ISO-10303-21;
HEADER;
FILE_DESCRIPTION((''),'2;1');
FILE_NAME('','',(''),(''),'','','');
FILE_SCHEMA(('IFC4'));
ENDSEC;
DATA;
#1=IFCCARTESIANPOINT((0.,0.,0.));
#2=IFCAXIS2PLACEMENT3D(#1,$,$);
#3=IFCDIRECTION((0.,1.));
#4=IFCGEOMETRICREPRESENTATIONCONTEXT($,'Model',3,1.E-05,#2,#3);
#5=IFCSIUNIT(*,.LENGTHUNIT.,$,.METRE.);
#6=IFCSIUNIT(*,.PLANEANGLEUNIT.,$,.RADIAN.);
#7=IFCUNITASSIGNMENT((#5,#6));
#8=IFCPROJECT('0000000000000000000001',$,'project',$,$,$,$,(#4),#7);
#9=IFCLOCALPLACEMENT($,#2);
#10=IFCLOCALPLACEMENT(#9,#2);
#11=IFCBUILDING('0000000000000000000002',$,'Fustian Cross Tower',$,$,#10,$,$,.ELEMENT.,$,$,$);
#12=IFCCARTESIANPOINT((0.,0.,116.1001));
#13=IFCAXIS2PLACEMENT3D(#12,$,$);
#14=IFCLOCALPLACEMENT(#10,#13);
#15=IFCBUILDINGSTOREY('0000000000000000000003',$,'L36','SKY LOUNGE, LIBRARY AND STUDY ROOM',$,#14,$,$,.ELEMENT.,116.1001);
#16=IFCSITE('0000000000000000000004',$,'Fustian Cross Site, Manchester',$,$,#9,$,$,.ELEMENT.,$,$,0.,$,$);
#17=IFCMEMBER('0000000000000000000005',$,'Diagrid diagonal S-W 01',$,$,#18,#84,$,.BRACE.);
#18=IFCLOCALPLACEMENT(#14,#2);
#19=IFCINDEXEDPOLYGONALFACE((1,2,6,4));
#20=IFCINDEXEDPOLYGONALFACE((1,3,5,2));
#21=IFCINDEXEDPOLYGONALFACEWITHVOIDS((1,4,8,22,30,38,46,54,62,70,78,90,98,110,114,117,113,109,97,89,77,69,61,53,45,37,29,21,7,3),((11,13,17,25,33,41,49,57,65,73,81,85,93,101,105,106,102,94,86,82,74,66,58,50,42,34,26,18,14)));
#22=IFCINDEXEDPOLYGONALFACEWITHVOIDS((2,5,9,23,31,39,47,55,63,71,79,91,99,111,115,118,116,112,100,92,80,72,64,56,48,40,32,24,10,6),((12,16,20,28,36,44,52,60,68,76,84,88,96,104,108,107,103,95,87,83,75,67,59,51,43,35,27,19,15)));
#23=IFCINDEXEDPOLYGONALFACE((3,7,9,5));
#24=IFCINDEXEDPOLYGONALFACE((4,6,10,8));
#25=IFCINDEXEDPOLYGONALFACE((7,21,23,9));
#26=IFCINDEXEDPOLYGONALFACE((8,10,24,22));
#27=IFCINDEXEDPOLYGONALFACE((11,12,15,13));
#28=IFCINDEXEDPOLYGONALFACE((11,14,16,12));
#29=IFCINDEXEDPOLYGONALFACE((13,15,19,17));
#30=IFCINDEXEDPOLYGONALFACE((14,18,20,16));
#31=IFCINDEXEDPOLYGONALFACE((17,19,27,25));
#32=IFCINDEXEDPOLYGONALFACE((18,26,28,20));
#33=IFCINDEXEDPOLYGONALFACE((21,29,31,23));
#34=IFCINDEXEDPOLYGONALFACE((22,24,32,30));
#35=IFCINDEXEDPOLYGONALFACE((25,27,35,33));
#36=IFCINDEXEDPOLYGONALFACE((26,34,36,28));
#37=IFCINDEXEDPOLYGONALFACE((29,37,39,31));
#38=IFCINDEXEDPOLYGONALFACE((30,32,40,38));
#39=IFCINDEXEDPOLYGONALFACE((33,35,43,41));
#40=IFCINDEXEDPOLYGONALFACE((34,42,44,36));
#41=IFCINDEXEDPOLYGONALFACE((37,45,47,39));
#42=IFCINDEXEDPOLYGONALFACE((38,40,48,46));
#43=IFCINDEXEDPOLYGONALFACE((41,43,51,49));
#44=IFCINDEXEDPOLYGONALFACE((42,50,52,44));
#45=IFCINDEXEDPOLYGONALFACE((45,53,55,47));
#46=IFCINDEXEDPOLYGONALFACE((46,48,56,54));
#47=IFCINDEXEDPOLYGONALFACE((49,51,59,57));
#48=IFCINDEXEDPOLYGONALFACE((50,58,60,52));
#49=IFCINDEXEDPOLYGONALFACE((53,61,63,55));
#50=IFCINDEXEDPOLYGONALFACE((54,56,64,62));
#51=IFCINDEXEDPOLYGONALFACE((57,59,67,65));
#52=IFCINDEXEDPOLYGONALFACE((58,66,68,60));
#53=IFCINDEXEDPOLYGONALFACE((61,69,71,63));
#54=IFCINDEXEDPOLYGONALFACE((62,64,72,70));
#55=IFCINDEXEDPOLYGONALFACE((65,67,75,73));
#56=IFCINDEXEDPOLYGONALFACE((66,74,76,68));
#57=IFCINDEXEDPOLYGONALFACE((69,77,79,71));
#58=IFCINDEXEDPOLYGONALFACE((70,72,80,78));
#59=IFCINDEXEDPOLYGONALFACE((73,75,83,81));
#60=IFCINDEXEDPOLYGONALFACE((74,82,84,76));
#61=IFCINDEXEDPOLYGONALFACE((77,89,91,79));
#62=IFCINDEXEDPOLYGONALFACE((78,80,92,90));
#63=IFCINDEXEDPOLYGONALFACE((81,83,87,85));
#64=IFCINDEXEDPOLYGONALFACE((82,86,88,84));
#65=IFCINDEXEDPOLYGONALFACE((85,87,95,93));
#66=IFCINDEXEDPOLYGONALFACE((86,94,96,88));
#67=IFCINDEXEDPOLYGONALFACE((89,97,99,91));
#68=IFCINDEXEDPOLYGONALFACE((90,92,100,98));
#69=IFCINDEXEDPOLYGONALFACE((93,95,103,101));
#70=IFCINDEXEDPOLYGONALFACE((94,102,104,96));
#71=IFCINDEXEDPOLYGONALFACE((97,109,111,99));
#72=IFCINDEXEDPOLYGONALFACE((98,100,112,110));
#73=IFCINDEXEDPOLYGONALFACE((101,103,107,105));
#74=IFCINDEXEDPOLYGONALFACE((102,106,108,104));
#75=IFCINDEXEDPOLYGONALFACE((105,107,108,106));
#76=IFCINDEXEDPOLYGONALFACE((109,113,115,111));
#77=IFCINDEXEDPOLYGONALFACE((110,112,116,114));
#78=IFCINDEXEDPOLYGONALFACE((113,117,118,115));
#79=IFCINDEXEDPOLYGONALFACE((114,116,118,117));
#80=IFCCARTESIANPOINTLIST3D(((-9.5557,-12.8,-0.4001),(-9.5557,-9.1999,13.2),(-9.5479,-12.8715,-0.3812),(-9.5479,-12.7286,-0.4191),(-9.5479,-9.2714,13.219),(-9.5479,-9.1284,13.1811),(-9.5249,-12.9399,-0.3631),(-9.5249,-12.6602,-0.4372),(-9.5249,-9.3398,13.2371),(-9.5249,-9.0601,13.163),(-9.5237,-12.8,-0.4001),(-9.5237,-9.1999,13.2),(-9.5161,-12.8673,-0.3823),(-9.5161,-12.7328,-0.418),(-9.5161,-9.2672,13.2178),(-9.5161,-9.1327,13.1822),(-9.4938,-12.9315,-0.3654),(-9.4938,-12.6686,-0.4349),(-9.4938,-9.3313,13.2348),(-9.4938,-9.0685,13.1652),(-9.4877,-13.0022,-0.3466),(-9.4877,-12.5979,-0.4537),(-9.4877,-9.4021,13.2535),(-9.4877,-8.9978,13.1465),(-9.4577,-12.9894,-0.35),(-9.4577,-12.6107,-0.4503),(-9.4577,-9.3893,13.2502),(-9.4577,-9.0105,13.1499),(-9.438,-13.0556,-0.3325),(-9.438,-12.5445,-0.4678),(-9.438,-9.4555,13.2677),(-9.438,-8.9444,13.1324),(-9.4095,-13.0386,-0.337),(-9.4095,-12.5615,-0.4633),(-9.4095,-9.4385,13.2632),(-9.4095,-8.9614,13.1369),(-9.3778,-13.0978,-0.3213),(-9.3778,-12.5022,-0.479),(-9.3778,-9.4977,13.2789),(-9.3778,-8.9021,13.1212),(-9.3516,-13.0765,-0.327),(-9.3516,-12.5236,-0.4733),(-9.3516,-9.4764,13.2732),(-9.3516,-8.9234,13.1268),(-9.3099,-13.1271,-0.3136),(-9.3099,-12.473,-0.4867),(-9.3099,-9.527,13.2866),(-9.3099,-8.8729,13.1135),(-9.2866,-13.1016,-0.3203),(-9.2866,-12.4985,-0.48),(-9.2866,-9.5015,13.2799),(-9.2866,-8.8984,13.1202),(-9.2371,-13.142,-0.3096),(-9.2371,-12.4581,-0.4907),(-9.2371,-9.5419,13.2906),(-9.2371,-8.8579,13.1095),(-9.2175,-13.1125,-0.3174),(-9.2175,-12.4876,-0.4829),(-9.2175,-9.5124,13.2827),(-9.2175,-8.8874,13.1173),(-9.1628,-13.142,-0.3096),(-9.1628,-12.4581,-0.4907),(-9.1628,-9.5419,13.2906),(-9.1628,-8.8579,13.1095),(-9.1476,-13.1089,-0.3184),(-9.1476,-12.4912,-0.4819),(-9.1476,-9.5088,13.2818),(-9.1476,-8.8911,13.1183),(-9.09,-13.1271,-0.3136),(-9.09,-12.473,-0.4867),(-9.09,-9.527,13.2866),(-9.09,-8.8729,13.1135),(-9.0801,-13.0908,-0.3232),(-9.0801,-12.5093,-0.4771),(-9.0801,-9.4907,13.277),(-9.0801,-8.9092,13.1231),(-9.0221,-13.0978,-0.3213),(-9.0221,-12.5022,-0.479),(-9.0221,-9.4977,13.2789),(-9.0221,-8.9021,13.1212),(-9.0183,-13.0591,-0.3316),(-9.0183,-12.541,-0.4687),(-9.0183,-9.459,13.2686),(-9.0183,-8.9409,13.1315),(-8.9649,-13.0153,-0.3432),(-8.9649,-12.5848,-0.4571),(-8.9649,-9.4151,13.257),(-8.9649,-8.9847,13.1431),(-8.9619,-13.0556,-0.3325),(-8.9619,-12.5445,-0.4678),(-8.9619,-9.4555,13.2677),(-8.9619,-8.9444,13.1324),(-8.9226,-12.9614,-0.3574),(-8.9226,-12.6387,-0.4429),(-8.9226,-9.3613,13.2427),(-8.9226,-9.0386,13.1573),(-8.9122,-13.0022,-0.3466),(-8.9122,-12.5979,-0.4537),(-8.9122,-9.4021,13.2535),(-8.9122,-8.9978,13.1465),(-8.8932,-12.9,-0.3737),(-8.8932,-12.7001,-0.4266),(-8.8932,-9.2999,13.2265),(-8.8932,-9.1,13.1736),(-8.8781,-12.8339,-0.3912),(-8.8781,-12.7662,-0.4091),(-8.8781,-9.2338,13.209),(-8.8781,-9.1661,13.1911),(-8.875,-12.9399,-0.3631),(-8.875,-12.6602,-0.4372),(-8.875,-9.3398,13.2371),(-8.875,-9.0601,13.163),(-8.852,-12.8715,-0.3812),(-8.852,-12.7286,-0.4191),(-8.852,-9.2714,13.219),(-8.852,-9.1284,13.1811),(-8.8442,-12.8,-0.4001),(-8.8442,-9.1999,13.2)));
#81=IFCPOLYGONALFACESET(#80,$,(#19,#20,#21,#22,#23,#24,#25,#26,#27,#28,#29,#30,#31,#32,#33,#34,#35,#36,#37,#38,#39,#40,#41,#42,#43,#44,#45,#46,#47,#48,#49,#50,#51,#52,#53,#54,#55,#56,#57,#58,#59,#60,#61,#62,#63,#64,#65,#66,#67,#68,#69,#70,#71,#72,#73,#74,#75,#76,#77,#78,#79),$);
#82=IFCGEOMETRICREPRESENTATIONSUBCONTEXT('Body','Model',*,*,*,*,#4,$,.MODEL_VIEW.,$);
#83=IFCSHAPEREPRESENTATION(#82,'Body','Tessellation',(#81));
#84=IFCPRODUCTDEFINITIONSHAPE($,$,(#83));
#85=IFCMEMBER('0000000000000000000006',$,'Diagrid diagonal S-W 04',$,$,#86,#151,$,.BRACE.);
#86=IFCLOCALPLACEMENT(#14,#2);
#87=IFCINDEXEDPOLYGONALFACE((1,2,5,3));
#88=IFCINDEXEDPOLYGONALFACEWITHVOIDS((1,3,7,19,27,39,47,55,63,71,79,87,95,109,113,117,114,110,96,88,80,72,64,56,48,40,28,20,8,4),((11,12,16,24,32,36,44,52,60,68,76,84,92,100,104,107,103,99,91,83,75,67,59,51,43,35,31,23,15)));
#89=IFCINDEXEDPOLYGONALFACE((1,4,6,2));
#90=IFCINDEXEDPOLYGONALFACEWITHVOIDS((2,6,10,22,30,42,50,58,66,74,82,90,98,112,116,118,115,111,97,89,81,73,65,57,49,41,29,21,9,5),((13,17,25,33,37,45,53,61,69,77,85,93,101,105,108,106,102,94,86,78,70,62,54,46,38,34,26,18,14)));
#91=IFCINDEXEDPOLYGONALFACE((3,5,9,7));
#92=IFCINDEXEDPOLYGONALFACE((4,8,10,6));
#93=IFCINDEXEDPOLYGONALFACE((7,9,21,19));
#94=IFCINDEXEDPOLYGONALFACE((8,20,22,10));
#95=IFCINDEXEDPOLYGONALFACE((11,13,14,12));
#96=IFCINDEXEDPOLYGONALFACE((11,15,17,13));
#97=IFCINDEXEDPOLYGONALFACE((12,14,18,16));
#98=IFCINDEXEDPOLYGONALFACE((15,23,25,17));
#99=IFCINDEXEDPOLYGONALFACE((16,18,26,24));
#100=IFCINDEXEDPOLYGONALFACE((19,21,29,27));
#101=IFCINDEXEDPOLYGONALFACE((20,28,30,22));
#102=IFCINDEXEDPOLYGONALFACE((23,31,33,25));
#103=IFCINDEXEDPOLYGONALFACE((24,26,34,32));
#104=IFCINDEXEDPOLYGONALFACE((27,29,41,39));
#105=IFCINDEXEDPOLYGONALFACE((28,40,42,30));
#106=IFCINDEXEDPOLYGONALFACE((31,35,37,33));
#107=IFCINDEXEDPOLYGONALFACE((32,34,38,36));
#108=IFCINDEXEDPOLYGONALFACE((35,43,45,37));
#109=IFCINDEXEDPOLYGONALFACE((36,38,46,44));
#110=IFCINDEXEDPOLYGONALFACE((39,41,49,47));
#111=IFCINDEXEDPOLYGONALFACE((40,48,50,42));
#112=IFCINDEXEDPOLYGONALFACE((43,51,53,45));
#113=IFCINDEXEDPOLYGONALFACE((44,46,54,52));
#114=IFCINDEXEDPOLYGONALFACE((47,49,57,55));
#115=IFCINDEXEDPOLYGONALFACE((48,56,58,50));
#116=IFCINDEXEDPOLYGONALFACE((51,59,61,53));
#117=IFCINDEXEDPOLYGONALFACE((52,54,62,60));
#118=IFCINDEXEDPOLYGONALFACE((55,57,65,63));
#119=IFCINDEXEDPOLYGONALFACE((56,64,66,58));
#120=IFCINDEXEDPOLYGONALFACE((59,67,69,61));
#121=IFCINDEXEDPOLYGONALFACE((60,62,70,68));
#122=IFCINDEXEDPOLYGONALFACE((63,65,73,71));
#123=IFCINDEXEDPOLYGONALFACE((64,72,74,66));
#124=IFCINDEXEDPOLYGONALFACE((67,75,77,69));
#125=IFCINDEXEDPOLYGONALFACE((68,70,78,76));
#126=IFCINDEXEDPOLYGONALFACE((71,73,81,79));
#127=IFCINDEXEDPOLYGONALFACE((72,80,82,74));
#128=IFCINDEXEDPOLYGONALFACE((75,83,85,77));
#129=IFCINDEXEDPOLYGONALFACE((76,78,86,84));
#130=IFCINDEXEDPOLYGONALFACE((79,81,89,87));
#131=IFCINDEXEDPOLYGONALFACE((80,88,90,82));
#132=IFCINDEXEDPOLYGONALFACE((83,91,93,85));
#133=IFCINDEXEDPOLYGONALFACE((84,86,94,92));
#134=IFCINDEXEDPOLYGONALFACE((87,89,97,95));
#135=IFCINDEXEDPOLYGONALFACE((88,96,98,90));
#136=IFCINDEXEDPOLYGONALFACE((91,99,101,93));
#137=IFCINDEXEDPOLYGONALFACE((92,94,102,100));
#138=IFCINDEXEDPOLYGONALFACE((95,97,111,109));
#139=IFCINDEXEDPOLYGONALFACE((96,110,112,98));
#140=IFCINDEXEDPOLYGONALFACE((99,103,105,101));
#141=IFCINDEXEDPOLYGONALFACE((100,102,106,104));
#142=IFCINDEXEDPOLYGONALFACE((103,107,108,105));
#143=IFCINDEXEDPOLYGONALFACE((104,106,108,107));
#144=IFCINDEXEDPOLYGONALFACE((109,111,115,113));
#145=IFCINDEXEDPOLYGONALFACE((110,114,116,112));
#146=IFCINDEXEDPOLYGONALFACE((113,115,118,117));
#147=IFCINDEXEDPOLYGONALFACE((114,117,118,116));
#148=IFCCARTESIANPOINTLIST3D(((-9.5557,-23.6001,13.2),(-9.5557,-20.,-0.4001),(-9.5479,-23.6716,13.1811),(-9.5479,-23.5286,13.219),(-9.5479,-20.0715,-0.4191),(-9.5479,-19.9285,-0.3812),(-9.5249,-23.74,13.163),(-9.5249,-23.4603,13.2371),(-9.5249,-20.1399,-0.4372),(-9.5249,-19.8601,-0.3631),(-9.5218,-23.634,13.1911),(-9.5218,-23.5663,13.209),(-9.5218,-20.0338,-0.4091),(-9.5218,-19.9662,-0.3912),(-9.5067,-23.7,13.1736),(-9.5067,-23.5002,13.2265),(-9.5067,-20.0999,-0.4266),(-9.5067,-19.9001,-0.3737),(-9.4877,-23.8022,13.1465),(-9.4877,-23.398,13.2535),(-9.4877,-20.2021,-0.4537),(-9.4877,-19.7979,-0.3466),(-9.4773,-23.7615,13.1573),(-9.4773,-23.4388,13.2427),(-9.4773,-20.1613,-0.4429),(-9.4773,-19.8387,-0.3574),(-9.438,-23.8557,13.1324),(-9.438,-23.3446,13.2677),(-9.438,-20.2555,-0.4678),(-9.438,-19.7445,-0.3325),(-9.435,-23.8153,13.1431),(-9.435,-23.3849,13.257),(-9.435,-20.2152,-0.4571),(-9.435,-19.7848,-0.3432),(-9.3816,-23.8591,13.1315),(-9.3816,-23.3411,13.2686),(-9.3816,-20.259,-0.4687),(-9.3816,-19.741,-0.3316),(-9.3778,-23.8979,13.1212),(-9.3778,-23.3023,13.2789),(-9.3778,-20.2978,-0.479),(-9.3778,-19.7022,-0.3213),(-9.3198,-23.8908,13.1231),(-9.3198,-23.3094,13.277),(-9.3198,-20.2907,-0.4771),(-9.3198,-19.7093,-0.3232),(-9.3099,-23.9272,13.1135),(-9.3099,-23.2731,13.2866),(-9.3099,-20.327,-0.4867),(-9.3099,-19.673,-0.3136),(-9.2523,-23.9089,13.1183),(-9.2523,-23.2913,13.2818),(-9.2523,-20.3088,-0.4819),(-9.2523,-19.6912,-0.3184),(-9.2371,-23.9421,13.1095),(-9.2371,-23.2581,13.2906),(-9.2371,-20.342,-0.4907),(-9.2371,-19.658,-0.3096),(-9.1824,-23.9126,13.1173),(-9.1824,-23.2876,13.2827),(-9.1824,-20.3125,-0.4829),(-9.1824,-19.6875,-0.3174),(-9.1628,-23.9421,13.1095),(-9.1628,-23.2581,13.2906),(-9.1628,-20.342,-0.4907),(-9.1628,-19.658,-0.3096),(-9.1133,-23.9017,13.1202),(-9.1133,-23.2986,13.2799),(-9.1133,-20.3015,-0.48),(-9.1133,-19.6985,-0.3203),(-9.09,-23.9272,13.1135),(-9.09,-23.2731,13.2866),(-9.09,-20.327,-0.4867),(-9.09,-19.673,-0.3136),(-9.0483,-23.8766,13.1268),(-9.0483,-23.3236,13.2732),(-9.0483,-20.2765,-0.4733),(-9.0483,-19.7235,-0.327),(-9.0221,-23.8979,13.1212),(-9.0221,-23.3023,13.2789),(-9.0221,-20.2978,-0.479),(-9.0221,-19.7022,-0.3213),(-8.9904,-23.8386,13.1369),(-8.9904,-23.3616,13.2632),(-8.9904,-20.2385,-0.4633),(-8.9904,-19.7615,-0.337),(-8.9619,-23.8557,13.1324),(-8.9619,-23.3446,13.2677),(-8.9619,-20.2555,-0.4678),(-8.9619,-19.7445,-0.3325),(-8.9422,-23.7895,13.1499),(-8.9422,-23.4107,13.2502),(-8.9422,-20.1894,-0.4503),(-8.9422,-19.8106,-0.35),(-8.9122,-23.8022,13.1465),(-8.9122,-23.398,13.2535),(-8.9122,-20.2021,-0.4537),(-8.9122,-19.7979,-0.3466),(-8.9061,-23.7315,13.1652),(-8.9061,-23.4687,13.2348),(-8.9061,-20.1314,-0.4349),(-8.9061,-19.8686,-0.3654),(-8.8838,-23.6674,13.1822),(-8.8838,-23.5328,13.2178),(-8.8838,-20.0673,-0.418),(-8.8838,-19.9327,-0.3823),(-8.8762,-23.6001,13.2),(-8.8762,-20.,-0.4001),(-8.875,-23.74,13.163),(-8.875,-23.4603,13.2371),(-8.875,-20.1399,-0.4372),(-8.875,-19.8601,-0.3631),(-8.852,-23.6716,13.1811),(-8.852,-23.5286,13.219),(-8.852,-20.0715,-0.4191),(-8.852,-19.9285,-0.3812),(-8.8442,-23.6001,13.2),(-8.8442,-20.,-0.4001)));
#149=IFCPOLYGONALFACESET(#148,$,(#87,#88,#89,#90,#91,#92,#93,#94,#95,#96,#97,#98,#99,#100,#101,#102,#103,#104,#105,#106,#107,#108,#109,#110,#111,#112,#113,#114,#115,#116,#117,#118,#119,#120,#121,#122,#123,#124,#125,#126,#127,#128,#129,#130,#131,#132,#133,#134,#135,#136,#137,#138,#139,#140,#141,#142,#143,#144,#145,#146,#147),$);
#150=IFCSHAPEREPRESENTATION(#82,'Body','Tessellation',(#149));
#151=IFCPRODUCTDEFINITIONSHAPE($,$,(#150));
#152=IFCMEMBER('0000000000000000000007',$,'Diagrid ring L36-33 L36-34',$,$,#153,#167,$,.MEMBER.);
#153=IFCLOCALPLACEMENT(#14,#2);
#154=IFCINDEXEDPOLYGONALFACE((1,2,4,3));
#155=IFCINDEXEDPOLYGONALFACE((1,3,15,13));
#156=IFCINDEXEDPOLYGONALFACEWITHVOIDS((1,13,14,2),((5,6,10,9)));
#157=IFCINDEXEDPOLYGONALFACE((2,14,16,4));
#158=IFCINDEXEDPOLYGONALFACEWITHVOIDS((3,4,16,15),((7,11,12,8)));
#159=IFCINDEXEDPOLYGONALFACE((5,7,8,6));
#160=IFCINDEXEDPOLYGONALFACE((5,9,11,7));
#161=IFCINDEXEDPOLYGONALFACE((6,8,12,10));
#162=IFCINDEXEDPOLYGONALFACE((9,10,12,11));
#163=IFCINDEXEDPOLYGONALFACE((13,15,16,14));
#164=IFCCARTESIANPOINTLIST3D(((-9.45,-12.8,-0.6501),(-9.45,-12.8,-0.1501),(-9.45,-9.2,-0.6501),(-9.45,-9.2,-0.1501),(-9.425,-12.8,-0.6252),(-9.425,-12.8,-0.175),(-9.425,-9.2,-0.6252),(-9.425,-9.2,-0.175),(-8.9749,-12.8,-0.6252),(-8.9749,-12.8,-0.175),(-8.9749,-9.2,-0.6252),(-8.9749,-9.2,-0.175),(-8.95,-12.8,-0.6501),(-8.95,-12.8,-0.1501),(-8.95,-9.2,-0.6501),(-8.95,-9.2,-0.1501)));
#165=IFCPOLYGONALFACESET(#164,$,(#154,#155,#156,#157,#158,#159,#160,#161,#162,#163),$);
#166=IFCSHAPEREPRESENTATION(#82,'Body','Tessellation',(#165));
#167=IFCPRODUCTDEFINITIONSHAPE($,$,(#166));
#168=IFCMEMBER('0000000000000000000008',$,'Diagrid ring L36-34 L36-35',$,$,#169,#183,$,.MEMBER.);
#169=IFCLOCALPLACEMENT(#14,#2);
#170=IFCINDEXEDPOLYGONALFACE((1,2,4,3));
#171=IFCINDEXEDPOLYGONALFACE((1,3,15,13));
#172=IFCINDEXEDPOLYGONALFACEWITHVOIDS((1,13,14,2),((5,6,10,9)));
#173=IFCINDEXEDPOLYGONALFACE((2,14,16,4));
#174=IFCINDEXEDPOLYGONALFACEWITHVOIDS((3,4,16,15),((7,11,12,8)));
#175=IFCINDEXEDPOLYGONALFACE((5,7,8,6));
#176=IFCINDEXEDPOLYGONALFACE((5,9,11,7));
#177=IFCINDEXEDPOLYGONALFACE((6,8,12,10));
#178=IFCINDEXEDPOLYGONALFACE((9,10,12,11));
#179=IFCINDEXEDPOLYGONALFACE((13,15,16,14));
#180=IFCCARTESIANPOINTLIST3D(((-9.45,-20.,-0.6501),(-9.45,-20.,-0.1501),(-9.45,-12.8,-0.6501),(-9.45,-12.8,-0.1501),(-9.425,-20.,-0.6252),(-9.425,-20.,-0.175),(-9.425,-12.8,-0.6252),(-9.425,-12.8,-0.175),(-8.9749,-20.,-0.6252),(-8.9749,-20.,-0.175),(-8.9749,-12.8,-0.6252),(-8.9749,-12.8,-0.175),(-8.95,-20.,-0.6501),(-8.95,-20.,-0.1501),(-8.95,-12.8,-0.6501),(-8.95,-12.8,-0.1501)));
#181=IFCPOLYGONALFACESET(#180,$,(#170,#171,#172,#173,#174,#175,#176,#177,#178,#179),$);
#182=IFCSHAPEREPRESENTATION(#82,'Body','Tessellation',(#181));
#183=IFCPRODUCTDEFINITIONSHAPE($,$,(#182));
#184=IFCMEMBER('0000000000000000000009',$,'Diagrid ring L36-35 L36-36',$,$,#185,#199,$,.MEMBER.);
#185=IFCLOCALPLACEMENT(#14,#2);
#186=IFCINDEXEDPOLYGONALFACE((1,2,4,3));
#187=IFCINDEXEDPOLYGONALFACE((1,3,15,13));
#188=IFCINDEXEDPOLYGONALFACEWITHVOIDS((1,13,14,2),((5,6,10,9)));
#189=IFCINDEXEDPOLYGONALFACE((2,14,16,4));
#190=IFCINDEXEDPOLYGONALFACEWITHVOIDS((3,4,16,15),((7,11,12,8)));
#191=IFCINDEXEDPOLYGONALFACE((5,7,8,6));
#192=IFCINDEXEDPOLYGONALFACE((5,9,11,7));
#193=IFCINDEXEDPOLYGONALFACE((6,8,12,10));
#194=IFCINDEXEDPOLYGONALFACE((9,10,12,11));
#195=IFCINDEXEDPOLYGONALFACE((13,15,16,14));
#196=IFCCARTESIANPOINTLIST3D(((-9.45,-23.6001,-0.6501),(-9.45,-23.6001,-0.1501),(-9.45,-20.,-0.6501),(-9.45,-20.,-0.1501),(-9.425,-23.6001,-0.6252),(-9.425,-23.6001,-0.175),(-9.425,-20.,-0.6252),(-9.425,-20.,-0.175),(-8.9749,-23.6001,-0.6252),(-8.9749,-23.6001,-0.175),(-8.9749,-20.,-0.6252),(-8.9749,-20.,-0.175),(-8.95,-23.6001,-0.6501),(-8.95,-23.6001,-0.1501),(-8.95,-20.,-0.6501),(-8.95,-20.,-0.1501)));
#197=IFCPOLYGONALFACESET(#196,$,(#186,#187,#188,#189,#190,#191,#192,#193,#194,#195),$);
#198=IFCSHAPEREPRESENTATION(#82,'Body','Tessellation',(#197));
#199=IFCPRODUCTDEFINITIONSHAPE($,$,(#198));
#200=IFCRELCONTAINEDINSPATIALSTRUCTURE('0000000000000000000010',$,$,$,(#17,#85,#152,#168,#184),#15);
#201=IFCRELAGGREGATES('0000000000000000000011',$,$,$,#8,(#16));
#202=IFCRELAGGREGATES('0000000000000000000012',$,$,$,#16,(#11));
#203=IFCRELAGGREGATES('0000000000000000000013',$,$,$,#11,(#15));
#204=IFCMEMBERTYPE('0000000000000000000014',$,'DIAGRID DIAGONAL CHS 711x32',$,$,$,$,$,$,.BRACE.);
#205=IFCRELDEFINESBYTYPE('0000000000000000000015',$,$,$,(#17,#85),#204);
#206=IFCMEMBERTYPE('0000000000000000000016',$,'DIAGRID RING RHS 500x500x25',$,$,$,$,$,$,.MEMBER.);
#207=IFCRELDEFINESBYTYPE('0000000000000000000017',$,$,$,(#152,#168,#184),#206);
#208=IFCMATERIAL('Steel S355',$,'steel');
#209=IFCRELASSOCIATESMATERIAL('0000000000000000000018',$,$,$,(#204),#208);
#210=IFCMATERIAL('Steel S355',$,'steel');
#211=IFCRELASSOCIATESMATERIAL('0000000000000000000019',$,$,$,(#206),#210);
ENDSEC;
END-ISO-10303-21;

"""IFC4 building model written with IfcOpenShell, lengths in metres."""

from ifc_helpers import new_model, si_unit, direction, frame, origin, origin_2d, place, context, subcontext, project, spatial, hollow_rectangle, hollow_circle, extrude, material, material_profile, profile_set, type_object, element, save


model = new_model("IFC4")

# Units and contexts
model_context = context("Model", 3, precision=1e-05, world=origin(), true_north=direction((0.0, 1.0)))
body_context = subcontext(model_context, "Body", "Model", "MODEL_VIEW")
ifc_project = project(units=[si_unit("LENGTHUNIT", "METRE"), si_unit("PLANEANGLEUNIT", "RADIAN")], contexts=[model_context])

# Site, building, storey
site_placement = place(None, origin())
site = spatial("IfcSite", under=ifc_project, at=site_placement, Name="Fustian Cross Site, Manchester", CompositionType="ELEMENT", RefElevation=0.0)
building_placement = place(site_placement, origin())
building = spatial("IfcBuilding", under=site, at=building_placement, Name="Fustian Cross Tower", CompositionType="ELEMENT")
storey_placement = place(building_placement, frame((0.0, 0.0, 116.1001)))
storey = spatial("IfcBuildingStorey", under=building, at=storey_placement, Name="L36", Description="SKY LOUNGE, LIBRARY AND STUDY ROOM", CompositionType="ELEMENT", Elevation=116.1001)

# Members
ifc_material_1 = material(Name="Steel S355", Category="steel")
ifc_material_profile_1 = material_profile(ifc_material_1, hollow_circle(Radius=0.3557, WallThickness=0.032, at=origin_2d()), Name="CHS 711x32")
ifc_profile_set_1 = profile_set([ifc_material_profile_1], Name="Steel S355")
member_type_1 = type_object("IfcMemberType", Name="DIAGRID DIAGONAL CHS 711x32", PredefinedType="BRACE", material=ifc_profile_set_1)
for number, where, z_axis, x_axis, name in (
    (1, (-9.2, -12.8, -0.4001), (0.0, 0.255897, 0.966704), (-1.0, 0.0, 0.0), "Diagrid diagonal S-W 01"),
    (2, (-9.2, -20.0, -0.4001), (0.0, -0.255897, 0.966704), (1.0, 0.0, 0.0), "Diagrid diagonal S-W 04"),
):
    element("IfcMember", number, at=place(storey_placement, frame(where, z_axis=z_axis, x_axis=x_axis)), inside=storey, type_object=member_type_1, Name=name, PredefinedType="BRACE", context=body_context, shape_type="SweptSolid", body=[
        extrude(hollow_circle(Radius=0.3557, WallThickness=0.032, at=origin_2d()), origin(), (0.0, 0.0, 1.0), 14.0686),
    ])
ifc_material_2 = material(Name="Steel S355", Category="steel")
ifc_material_profile_2 = material_profile(ifc_material_2, hollow_rectangle(XDim=0.5, YDim=0.5, WallThickness=0.0249, at=origin_2d()), Name="RHS 500x500x25")
ifc_profile_set_2 = profile_set([ifc_material_profile_2], Name="Steel S355")
member_type_2 = type_object("IfcMemberType", Name="DIAGRID RING RHS 500x500x25", PredefinedType="MEMBER", material=ifc_profile_set_2)
member_1_placement = place(storey_placement, frame((-9.2, -9.2, -0.4001), z_axis=(0.0, -1.0, 0.0), x_axis=(1.0, 0.0, 0.0)))
element("IfcMember", 3, at=member_1_placement, inside=storey, type_object=member_type_2, Name="Diagrid ring L36-33 L36-34", PredefinedType="MEMBER", context=body_context, shape_type="SweptSolid", body=[
    extrude(hollow_rectangle(XDim=0.5, YDim=0.5, WallThickness=0.0249, at=origin_2d()), origin(), (0.0, 0.0, 1.0), 3.6001),
])
member_2_placement = place(storey_placement, frame((-9.2, -12.8, -0.4001), z_axis=(0.0, -1.0, 0.0), x_axis=(1.0, 0.0, 0.0)))
element("IfcMember", 4, at=member_2_placement, inside=storey, type_object=member_type_2, Name="Diagrid ring L36-34 L36-35", PredefinedType="MEMBER", context=body_context, shape_type="SweptSolid", body=[
    extrude(hollow_rectangle(XDim=0.5, YDim=0.5, WallThickness=0.0249, at=origin_2d()), origin(), (0.0, 0.0, 1.0), 7.2),
])
member_3_placement = place(storey_placement, frame((-9.2, -20.0, -0.4001), z_axis=(0.0, -1.0, 0.0), x_axis=(1.0, 0.0, 0.0)))
element("IfcMember", 5, at=member_3_placement, inside=storey, type_object=member_type_2, Name="Diagrid ring L36-35 L36-36", PredefinedType="MEMBER", context=body_context, shape_type="SweptSolid", body=[
    extrude(hollow_rectangle(XDim=0.5, YDim=0.5, WallThickness=0.0249, at=origin_2d()), origin(), (0.0, 0.0, 1.0), 3.6001),
])

save(model, "model.ifc")
